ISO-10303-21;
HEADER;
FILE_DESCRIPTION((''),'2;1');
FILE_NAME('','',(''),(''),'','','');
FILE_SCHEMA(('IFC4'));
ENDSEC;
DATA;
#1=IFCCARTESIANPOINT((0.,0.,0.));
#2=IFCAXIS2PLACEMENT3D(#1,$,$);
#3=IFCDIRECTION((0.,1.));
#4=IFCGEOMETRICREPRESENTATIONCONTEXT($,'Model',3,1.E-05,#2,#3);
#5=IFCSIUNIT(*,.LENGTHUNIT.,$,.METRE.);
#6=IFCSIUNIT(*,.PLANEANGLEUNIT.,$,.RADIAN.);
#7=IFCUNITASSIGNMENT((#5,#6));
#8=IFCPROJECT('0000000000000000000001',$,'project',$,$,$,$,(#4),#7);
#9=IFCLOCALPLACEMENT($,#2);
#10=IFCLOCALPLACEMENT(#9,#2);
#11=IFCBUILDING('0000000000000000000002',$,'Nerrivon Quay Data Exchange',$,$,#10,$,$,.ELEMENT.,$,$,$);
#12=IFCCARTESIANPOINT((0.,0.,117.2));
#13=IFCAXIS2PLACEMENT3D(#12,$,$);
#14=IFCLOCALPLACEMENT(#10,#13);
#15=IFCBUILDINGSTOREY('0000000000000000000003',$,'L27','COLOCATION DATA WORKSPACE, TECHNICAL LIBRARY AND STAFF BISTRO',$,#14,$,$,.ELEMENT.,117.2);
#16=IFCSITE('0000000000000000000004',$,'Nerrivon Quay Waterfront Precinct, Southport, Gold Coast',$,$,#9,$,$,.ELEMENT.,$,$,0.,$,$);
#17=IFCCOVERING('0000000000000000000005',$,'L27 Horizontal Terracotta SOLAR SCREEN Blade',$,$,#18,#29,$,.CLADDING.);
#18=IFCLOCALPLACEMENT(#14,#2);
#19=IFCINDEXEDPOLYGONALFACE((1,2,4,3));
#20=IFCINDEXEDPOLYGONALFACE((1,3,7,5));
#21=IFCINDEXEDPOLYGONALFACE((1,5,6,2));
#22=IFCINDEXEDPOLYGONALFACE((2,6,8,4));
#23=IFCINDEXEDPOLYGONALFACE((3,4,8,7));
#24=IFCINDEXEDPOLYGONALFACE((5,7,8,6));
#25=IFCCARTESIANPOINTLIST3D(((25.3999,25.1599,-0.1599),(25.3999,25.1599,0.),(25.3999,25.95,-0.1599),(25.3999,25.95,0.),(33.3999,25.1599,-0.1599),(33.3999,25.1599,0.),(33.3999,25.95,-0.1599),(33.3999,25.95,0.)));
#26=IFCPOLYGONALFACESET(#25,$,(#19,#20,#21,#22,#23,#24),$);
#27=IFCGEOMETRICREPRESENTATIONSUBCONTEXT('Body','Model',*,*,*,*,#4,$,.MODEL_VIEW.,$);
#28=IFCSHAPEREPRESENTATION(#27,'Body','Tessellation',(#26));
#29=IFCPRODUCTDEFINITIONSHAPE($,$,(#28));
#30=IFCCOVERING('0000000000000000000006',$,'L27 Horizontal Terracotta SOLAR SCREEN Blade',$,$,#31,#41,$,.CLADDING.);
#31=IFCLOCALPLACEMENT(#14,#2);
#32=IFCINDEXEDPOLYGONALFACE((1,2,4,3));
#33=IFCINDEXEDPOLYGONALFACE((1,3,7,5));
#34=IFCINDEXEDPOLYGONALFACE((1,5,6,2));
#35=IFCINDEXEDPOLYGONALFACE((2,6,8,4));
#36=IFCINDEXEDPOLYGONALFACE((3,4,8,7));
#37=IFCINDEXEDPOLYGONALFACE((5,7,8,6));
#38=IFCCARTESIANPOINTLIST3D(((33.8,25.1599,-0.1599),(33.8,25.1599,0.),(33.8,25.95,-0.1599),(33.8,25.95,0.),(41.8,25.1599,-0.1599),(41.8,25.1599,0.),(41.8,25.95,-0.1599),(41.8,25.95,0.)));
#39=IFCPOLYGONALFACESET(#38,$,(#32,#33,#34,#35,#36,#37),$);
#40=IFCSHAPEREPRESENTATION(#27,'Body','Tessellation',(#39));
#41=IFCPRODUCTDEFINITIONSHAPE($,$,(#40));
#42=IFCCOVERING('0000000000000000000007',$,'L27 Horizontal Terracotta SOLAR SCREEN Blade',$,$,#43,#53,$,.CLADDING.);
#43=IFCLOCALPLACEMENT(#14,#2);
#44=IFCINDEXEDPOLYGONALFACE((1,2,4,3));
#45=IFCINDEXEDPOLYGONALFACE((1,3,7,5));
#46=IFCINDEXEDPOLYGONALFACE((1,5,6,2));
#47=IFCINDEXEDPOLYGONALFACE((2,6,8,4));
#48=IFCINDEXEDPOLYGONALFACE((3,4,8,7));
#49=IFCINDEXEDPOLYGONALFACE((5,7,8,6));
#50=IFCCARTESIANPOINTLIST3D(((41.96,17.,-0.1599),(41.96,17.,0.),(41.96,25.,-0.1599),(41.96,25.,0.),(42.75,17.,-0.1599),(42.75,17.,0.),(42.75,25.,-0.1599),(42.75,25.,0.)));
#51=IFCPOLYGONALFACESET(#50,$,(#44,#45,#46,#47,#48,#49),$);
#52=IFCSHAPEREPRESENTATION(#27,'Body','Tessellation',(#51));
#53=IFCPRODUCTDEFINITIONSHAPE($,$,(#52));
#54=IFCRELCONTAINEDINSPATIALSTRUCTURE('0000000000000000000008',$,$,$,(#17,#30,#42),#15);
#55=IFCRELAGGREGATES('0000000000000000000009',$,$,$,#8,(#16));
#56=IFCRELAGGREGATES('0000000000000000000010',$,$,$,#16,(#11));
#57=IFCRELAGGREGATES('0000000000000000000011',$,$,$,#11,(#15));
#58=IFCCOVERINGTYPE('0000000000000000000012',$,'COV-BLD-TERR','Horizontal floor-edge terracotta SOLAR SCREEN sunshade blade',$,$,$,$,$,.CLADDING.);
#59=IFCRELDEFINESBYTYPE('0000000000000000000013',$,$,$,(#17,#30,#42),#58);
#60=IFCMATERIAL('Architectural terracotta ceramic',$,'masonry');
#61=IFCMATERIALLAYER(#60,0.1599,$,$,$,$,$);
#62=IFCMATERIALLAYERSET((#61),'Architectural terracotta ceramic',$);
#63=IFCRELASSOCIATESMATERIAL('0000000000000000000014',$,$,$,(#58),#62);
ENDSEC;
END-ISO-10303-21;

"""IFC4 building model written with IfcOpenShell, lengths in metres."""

from ifc_helpers import new_model, si_unit, direction, frame, origin, place, context, subcontext, project, spatial, polyline, outline, extrude, material, layer, layer_set, type_object, element, save


model = new_model("IFC4")

# Units and contexts
model_context = context("Model", 3, precision=1e-05, world=origin(), true_north=direction((0.0, 1.0)))
body_context = subcontext(model_context, "Body", "Model", "MODEL_VIEW")
ifc_project = project(units=[si_unit("LENGTHUNIT", "METRE"), si_unit("PLANEANGLEUNIT", "RADIAN")], contexts=[model_context])

# Site, building, storey
site_placement = place(None, origin())
site = spatial("IfcSite", under=ifc_project, at=site_placement, Name="Nerrivon Quay Waterfront Precinct, Southport, Gold Coast", CompositionType="ELEMENT", RefElevation=0.0)
building_placement = place(site_placement, origin())
building = spatial("IfcBuilding", under=site, at=building_placement, Name="Nerrivon Quay Data Exchange", CompositionType="ELEMENT")
storey_placement = place(building_placement, frame((0.0, 0.0, 117.2)))
storey = spatial("IfcBuildingStorey", under=building, at=storey_placement, Name="L27", Description="COLOCATION DATA WORKSPACE, TECHNICAL LIBRARY AND STAFF BISTRO", CompositionType="ELEMENT", Elevation=117.2)

# Coverings
ifc_material_1 = material(Name="Architectural terracotta ceramic", Category="masonry")
ifc_layer_1 = layer(ifc_material_1, 0.1599)
ifc_layer_set_1 = layer_set([ifc_layer_1], Name="Architectural terracotta ceramic")
covering_type = type_object("IfcCoveringType", Name="COV-BLD-TERR", Description="Horizontal floor-edge terracotta SOLAR SCREEN sunshade blade", PredefinedType="CLADDING", material=ifc_layer_set_1)
covering_1_placement = place(storey_placement, frame((0.0, 0.0, -0.1599)))
element("IfcCovering", 1, at=covering_1_placement, inside=storey, type_object=covering_type, Name="L27 Horizontal Terracotta SOLAR SCREEN Blade", PredefinedType="CLADDING", context=body_context, shape_type="SweptSolid", body=[
    extrude(outline(polyline([(25.3999, 25.1599), (33.3999, 25.1599), (33.3999, 25.95), (25.3999, 25.95), (25.3999, 25.1599)])), origin(), (0.0, 0.0, 1.0), 0.1599),
])
covering_2_placement = place(storey_placement, frame((0.0, 0.0, -0.1599)))
element("IfcCovering", 2, at=covering_2_placement, inside=storey, type_object=covering_type, Name="L27 Horizontal Terracotta SOLAR SCREEN Blade", PredefinedType="CLADDING", context=body_context, shape_type="SweptSolid", body=[
    extrude(outline(polyline([(33.8, 25.1599), (41.8, 25.1599), (41.8, 25.95), (33.8, 25.95), (33.8, 25.1599)])), origin(), (0.0, 0.0, 1.0), 0.1599),
])
covering_3_placement = place(storey_placement, frame((0.0, 0.0, -0.1599)))
element("IfcCovering", 3, at=covering_3_placement, inside=storey, type_object=covering_type, Name="L27 Horizontal Terracotta SOLAR SCREEN Blade", PredefinedType="CLADDING", context=body_context, shape_type="SweptSolid", body=[
    extrude(outline(polyline([(41.96, 25.0), (41.96, 17.0), (42.75, 17.0), (42.75, 25.0), (41.96, 25.0)])), origin(), (0.0, 0.0, 1.0), 0.1599),
])

save(model, "model.ifc")
